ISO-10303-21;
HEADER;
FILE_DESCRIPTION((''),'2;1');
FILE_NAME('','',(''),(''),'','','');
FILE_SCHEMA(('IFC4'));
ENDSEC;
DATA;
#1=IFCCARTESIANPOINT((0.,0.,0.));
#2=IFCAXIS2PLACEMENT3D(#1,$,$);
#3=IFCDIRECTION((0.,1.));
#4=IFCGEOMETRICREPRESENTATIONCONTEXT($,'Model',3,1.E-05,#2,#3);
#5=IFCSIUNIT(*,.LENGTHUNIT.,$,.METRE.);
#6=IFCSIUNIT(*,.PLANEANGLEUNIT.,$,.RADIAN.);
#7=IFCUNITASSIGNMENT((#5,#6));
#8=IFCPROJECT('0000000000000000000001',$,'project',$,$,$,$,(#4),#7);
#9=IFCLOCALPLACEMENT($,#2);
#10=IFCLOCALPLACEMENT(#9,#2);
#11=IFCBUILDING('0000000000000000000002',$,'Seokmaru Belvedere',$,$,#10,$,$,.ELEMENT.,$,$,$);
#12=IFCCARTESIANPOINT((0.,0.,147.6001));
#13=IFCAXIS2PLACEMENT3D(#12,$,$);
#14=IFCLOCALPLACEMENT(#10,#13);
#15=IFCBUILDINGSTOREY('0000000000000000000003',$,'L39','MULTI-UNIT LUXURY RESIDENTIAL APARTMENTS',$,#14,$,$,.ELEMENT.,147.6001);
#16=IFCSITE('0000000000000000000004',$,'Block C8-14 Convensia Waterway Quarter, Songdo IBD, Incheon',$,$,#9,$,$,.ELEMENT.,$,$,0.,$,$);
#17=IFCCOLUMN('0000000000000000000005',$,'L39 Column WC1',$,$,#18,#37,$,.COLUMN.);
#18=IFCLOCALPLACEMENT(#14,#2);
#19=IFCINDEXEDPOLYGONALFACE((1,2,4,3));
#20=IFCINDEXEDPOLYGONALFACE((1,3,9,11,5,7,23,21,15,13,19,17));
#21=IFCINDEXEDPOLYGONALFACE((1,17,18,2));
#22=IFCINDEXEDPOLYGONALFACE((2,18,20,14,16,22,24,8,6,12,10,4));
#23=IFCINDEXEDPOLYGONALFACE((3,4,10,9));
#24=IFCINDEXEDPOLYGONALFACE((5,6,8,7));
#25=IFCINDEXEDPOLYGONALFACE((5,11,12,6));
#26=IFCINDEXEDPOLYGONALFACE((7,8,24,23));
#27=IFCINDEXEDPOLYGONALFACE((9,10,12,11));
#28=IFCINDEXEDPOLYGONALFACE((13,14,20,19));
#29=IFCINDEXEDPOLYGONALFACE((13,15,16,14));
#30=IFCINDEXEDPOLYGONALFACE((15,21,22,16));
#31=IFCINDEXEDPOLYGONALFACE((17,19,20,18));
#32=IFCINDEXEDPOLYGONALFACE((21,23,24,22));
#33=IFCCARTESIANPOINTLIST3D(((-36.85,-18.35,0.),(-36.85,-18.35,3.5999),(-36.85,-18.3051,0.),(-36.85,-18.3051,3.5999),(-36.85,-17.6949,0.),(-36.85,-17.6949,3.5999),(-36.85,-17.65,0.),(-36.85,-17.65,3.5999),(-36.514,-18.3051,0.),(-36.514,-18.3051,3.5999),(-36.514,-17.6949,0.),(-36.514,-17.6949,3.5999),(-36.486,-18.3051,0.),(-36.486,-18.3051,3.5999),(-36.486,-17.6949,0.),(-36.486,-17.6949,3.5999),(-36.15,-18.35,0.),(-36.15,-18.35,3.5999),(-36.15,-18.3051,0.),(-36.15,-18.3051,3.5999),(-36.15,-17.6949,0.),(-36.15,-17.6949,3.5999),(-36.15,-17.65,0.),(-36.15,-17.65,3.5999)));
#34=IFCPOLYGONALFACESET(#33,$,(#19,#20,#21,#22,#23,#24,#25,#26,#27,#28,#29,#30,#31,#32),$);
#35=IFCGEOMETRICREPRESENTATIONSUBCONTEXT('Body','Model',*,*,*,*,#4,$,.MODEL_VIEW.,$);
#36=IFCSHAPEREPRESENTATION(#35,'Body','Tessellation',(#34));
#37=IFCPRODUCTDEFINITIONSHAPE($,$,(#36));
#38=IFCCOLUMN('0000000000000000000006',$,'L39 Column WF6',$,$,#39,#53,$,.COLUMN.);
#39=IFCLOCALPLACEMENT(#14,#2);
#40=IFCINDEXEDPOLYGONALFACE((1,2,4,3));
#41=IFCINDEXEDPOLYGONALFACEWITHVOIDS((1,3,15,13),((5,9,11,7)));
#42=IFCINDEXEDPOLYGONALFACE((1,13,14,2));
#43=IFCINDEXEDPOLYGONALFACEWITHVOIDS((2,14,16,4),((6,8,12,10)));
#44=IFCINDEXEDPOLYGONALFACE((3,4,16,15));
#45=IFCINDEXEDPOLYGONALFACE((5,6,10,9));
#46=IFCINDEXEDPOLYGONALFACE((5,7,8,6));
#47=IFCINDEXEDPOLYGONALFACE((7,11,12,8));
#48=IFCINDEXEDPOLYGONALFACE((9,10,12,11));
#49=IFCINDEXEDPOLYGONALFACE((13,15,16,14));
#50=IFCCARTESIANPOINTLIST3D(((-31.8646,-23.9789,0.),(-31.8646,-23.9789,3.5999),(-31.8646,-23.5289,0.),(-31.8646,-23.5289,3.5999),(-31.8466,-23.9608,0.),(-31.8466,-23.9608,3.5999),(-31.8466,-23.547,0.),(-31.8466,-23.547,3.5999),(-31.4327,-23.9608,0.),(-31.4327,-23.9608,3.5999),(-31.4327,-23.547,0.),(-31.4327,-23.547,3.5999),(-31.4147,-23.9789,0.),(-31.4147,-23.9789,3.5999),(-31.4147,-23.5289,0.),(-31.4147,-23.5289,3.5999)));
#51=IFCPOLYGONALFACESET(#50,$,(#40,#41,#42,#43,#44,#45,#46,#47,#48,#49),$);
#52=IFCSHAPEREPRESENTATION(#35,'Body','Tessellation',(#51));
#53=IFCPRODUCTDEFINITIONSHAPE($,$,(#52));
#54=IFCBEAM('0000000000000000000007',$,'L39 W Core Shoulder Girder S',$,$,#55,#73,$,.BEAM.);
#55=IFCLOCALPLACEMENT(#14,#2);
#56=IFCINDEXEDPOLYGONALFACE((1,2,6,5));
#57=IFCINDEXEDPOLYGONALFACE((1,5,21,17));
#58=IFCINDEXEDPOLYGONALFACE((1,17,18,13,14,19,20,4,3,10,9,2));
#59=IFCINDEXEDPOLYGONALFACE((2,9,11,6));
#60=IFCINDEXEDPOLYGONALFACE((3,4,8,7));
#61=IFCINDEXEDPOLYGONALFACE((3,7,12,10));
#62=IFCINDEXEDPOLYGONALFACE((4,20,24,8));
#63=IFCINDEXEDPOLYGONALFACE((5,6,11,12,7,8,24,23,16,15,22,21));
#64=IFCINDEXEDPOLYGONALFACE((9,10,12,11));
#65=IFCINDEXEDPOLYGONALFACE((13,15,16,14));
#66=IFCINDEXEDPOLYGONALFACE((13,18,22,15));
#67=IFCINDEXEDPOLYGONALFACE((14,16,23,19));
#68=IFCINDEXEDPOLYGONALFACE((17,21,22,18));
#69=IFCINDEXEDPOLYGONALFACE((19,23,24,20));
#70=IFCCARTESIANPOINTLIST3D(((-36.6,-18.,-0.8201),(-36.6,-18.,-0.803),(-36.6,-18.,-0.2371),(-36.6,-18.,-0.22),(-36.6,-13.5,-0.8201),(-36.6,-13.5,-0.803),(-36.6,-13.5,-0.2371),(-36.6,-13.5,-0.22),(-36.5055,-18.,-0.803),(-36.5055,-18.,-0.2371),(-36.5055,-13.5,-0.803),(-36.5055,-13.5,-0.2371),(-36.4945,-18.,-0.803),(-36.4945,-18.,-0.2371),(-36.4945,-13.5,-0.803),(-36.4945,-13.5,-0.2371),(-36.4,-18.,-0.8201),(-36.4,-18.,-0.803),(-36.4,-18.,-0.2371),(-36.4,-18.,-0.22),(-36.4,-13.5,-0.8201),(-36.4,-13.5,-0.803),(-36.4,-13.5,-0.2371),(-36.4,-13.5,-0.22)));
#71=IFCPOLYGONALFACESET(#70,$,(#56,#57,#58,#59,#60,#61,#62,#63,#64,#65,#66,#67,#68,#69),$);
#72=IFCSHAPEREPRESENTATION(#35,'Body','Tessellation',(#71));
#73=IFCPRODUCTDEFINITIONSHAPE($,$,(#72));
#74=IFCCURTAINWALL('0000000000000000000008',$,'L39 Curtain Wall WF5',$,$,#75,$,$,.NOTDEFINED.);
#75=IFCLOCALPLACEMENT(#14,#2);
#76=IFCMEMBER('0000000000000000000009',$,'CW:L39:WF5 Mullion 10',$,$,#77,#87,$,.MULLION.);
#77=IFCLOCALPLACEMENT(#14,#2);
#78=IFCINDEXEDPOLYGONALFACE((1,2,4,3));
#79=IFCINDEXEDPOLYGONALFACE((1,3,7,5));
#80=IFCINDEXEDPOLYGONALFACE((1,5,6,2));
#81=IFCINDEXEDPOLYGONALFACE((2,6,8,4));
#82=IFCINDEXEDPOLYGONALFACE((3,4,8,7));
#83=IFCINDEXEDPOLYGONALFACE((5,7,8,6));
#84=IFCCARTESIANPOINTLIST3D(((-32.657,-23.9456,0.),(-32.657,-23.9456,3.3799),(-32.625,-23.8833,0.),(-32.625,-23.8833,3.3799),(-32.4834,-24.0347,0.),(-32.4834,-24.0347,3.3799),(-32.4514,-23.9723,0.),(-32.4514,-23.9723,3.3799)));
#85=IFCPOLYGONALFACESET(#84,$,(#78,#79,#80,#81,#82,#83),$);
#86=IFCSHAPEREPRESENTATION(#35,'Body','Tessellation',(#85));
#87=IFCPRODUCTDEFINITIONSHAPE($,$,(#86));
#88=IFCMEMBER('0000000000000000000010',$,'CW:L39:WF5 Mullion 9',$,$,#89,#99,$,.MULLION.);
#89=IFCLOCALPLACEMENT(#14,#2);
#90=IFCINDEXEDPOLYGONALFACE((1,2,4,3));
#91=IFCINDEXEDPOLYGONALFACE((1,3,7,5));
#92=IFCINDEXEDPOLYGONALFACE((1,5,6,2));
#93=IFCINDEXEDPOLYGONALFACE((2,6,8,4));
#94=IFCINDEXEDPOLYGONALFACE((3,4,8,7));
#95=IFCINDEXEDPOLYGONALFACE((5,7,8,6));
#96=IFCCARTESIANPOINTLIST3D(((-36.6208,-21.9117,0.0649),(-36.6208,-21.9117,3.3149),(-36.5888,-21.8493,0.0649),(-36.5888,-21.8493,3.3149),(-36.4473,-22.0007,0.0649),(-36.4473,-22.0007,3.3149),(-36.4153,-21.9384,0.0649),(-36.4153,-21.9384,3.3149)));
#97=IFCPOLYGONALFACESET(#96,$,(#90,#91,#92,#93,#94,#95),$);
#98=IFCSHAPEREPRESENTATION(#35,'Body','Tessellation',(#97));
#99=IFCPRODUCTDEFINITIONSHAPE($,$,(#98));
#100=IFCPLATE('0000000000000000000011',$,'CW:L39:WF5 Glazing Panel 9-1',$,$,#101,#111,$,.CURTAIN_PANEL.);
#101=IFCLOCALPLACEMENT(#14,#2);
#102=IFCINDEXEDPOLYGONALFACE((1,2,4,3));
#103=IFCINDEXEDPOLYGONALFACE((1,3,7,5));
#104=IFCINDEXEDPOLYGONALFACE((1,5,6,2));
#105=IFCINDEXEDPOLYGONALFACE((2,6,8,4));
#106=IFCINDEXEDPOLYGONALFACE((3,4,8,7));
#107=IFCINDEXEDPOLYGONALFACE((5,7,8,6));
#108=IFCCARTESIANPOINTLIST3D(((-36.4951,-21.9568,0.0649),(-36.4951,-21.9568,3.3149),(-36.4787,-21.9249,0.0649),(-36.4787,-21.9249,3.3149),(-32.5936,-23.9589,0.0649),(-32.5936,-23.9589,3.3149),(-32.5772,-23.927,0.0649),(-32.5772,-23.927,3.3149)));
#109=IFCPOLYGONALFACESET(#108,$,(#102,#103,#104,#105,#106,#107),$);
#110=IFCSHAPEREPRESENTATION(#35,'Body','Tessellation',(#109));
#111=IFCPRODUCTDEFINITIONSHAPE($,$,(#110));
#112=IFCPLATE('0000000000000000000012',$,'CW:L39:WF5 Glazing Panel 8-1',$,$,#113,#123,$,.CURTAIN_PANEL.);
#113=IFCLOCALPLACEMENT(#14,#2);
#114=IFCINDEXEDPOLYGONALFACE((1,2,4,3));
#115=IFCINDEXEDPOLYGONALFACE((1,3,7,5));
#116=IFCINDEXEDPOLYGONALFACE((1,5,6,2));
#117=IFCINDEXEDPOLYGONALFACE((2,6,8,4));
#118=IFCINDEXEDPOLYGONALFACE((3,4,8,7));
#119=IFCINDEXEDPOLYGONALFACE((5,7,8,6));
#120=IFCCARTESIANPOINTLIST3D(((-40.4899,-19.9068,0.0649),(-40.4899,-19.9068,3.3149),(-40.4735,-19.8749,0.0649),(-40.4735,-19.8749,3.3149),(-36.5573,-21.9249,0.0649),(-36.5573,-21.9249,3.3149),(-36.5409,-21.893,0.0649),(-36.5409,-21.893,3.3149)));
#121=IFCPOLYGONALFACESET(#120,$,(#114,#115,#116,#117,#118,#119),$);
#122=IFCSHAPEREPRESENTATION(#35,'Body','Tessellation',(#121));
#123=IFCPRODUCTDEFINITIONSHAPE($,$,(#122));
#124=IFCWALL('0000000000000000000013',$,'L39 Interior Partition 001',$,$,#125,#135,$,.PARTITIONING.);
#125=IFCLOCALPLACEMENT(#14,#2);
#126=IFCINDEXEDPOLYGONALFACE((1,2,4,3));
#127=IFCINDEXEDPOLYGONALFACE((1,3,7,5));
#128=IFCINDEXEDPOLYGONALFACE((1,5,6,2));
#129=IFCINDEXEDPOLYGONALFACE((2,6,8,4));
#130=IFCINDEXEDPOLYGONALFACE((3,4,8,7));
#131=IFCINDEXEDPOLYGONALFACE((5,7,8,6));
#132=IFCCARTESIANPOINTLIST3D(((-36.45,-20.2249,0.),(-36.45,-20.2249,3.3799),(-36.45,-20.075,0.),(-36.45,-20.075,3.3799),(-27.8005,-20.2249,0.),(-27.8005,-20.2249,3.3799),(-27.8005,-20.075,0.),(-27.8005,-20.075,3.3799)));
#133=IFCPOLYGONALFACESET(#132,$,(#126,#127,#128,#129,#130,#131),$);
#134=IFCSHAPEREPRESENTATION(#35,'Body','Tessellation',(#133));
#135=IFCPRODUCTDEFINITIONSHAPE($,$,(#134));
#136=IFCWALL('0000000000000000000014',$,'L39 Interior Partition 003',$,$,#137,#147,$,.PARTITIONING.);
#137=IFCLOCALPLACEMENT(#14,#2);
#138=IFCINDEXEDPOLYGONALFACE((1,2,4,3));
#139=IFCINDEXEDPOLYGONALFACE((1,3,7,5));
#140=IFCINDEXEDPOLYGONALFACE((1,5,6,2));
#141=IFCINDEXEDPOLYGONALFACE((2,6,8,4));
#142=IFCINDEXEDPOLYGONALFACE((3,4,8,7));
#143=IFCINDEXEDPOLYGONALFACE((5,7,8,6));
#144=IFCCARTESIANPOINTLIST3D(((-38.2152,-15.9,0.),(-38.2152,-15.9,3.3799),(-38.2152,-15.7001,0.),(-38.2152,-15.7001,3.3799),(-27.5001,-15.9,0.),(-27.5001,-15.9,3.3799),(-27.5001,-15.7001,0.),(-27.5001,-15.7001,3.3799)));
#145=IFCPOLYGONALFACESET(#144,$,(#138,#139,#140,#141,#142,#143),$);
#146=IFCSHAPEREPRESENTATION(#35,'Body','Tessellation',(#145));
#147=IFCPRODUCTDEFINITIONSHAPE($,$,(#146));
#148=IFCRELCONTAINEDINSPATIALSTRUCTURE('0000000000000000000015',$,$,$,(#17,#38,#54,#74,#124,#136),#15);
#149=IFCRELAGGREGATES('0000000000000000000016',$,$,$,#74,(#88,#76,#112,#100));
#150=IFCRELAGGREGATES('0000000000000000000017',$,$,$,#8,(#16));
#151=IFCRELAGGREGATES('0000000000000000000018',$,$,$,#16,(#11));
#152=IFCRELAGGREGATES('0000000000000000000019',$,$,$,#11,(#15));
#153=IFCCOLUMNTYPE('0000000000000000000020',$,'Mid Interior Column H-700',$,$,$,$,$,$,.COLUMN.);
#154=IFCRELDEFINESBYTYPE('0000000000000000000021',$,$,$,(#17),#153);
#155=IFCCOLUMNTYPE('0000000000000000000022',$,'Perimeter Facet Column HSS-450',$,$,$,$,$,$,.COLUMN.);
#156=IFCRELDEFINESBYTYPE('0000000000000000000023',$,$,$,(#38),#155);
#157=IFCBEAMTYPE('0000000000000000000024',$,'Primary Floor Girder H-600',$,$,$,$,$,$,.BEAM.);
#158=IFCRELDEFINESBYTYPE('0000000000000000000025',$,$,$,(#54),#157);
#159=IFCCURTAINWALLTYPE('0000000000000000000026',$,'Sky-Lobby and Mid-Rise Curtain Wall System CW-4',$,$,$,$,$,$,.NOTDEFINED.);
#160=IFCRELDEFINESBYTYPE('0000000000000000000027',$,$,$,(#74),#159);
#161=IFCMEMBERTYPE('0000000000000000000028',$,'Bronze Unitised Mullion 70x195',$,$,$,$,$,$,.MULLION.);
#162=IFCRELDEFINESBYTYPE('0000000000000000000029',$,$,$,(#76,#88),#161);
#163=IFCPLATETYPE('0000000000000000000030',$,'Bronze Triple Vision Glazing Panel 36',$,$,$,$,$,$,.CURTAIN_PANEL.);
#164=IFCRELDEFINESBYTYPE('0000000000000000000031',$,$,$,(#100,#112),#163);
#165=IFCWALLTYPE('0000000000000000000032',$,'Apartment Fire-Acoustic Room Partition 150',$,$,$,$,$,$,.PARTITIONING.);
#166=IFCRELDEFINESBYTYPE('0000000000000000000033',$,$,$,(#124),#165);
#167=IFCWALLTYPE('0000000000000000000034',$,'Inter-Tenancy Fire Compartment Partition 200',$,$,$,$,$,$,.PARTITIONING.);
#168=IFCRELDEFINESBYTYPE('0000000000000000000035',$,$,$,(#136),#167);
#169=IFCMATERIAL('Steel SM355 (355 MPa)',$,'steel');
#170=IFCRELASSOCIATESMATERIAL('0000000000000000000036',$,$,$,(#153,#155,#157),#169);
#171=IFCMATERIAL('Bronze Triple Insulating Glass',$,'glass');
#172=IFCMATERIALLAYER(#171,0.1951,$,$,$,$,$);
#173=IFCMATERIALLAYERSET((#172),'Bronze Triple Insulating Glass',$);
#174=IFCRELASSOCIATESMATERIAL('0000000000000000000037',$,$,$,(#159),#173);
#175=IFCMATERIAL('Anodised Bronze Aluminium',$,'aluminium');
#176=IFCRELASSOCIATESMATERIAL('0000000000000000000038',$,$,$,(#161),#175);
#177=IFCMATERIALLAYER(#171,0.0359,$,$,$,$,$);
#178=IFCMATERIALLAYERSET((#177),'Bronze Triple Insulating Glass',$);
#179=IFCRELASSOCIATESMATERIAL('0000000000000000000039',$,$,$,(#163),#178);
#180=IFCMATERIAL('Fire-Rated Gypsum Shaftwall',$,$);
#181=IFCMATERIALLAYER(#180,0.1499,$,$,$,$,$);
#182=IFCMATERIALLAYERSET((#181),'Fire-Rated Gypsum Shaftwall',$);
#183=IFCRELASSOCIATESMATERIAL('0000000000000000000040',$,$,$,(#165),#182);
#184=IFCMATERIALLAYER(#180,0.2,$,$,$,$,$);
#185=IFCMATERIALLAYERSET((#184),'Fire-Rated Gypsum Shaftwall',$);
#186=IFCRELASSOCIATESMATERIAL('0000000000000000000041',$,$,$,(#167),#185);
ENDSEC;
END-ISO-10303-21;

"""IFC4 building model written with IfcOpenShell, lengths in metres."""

from ifc_helpers import new_model, si_unit, direction, frame, frame_2d, origin, origin_2d, place, context, subcontext, project, spatial, rectangle, hollow_rectangle, i_section, extrude, source, transform, mapped, material, layer, layer_set, material_profile, profile_set, type_object, type_shapes, element, aggregate, save


model = new_model("IFC4")

# Units and contexts
model_context = context("Model", 3, precision=1e-05, world=origin(), true_north=direction((0.0, 1.0)))
body_context = subcontext(model_context, "Body", "Model", "MODEL_VIEW")
ifc_project = project(units=[si_unit("LENGTHUNIT", "METRE"), si_unit("PLANEANGLEUNIT", "RADIAN")], contexts=[model_context])

# Site, building, storey
site_placement = place(None, origin())
site = spatial("IfcSite", under=ifc_project, at=site_placement, Name="Block C8-14 Convensia Waterway Quarter, Songdo IBD, Incheon", CompositionType="ELEMENT", RefElevation=0.0)
building_placement = place(site_placement, origin())
building = spatial("IfcBuilding", under=site, at=building_placement, Name="Seokmaru Belvedere", CompositionType="ELEMENT")
storey_placement = place(building_placement, frame((0.0, 0.0, 147.6001)))
storey = spatial("IfcBuildingStorey", under=building, at=storey_placement, Name="L39", Description="MULTI-UNIT LUXURY RESIDENTIAL APARTMENTS", CompositionType="ELEMENT", Elevation=147.6001)

# Columns
ifc_material_1 = material(Name="Steel SM355 (355 MPa)", Category="steel")
ifc_material_profile_1 = material_profile(ifc_material_1, i_section(OverallWidth=0.7, OverallDepth=0.7, WebThickness=0.0281, FlangeThickness=0.0449, at=origin_2d()), Name="H-700x700x28x45")
ifc_profile_set_1 = profile_set([ifc_material_profile_1], Name="Steel SM355 (355 MPa)")
column_type_1 = type_object("IfcColumnType", Name="Mid Interior Column H-700", PredefinedType="COLUMN", material=ifc_profile_set_1)
shared_shape_1 = source(origin(), body_context, "Body", "SweptSolid", [
    extrude(i_section(OverallWidth=0.7, OverallDepth=0.7, WebThickness=0.0281, FlangeThickness=0.0449, at=origin_2d()), origin(), (0.0, 0.0, 1.0), 3.5999),
])
type_shapes(column_type_1, [shared_shape_1])
column_1_placement = place(storey_placement, frame((-36.5, -18.0, 0.0), z_axis=(0.0, 0.0, 1.0), x_axis=(1.0, 0.0, 0.0)))
element("IfcColumn", 1, at=column_1_placement, inside=storey, type_object=column_type_1, Name="L39 Column WC1", PredefinedType="COLUMN", context=body_context, shape_type="MappedRepresentation", body=[
    mapped(shared_shape_1, transform((0.0, 0.0, 0.0), scale=1.0)),
])
ifc_material_profile_2 = material_profile(ifc_material_1, hollow_rectangle(XDim=0.45, YDim=0.45, WallThickness=0.0181, at=origin_2d()), Name="HSS-450x450x18")
ifc_profile_set_2 = profile_set([ifc_material_profile_2], Name="Steel SM355 (355 MPa)")
column_type_2 = type_object("IfcColumnType", Name="Perimeter Facet Column HSS-450", PredefinedType="COLUMN", material=ifc_profile_set_2)
shared_shape_2 = source(origin(), body_context, "Body", "SweptSolid", [
    extrude(hollow_rectangle(XDim=0.45, YDim=0.45, WallThickness=0.0181, at=origin_2d()), origin(), (0.0, 0.0, 1.0), 3.5999),
])
type_shapes(column_type_2, [shared_shape_2])
column_2_placement = place(storey_placement, frame((-31.6396, -23.7539, 0.0), z_axis=(0.0, 0.0, 1.0), x_axis=(1.0, 0.0, 0.0)))
element("IfcColumn", 2, at=column_2_placement, inside=storey, type_object=column_type_2, Name="L39 Column WF6", PredefinedType="COLUMN", context=body_context, shape_type="MappedRepresentation", body=[
    mapped(shared_shape_2, transform((0.0, 0.0, 0.0), scale=1.0)),
])

# Beam
ifc_material_profile_3 = material_profile(ifc_material_1, i_section(OverallWidth=0.2, OverallDepth=0.6001, WebThickness=0.011, FlangeThickness=0.0171, at=origin_2d()), Name="H-600x200x11x17")
ifc_profile_set_3 = profile_set([ifc_material_profile_3], Name="Steel SM355 (355 MPa)")
beam_type = type_object("IfcBeamType", Name="Primary Floor Girder H-600", PredefinedType="BEAM", material=ifc_profile_set_3)
shared_shape_3 = source(origin(), body_context, "Body", "SweptSolid", [
    extrude(i_section(OverallWidth=0.2, OverallDepth=0.6001, WebThickness=0.011, FlangeThickness=0.0171, at=origin_2d()), origin(), (0.0, 0.0, 1.0), 4.5),
])
type_shapes(beam_type, [shared_shape_3])
beam_placement = place(storey_placement, frame((-36.5, -18.0, -0.52), z_axis=(0.0, 1.0, 0.0), x_axis=(-1.0, 0.0, 0.0)))
element("IfcBeam", 3, at=beam_placement, inside=storey, type_object=beam_type, Name="L39 W Core Shoulder Girder S", PredefinedType="BEAM", context=body_context, shape_type="MappedRepresentation", body=[
    mapped(shared_shape_3, transform((0.0, 0.0, 0.0), scale=1.0)),
])

# Curtain wall, members, plates
ifc_material_2 = material(Name="Bronze Triple Insulating Glass", Category="glass")
ifc_layer_1 = layer(ifc_material_2, 0.1951)
ifc_layer_set_1 = layer_set([ifc_layer_1], Name="Bronze Triple Insulating Glass")
curtain_wall_type = type_object("IfcCurtainWallType", Name="Sky-Lobby and Mid-Rise Curtain Wall System CW-4", PredefinedType="NOTDEFINED", material=ifc_layer_set_1)
curtain_wall_placement = place(storey_placement, origin())
curtain_wall = element("IfcCurtainWall", 4, at=curtain_wall_placement, inside=storey, type_object=curtain_wall_type, Name="L39 Curtain Wall WF5", PredefinedType="NOTDEFINED")
ifc_material_3 = material(Name="Anodised Bronze Aluminium", Category="aluminium")
ifc_material_profile_4 = material_profile(ifc_material_3, rectangle(XDim=0.0701, YDim=0.1951, at=origin_2d()), Name="CW-M-70x195")
ifc_profile_set_4 = profile_set([ifc_material_profile_4], Name="Anodised Bronze Aluminium")
member_type = type_object("IfcMemberType", Name="Bronze Unitised Mullion 70x195", PredefinedType="MULLION", material=ifc_profile_set_4)
shared_shape_4 = source(origin(), body_context, "Body", "SweptSolid", [
    extrude(rectangle(XDim=0.0701, YDim=0.1951, at=origin_2d()), origin(), (0.0, 0.0, 1.0), 3.3799),
])
member_1_placement = place(storey_placement, frame((-32.5542, -23.959, 0.0), z_axis=(0.0, 0.0, 1.0), x_axis=(0.456555, 0.889695, 0.0)))
member_1 = element("IfcMember", 5, at=member_1_placement, type_object=member_type, Name="CW:L39:WF5 Mullion 10", PredefinedType="MULLION", context=body_context, shape_type="MappedRepresentation", body=[
    mapped(shared_shape_4, transform((0.0, 0.0, 0.0), scale=1.0)),
])
shared_shape_5 = source(origin(), body_context, "Body", "SweptSolid", [
    extrude(rectangle(XDim=0.0701, YDim=0.1951, at=origin_2d()), origin(), (0.0, 0.0, 1.0), 3.25),
])
type_shapes(member_type, [shared_shape_4, shared_shape_5])
member_2_placement = place(storey_placement, frame((-36.5181, -21.925, 0.0649), z_axis=(0.0, 0.0, 1.0), x_axis=(0.456555, 0.889695, 0.0)))
member_2 = element("IfcMember", 6, at=member_2_placement, type_object=member_type, Name="CW:L39:WF5 Mullion 9", PredefinedType="MULLION", context=body_context, shape_type="MappedRepresentation", body=[
    mapped(shared_shape_5, transform((0.0, 0.0, 0.0), scale=1.0)),
])
ifc_layer_2 = layer(ifc_material_2, 0.0359)
ifc_layer_set_2 = layer_set([ifc_layer_2], Name="Bronze Triple Insulating Glass")
plate_type = type_object("IfcPlateType", Name="Bronze Triple Vision Glazing Panel 36", PredefinedType="CURTAIN_PANEL", material=ifc_layer_set_2)
shared_shape_6 = source(origin(), body_context, "Body", "SweptSolid", [
    extrude(rectangle(XDim=4.3853, YDim=0.0359, at=origin_2d()), origin(), (0.0, 0.0, 1.0), 3.25),
])
plate_1_placement = place(storey_placement, frame((-34.5361, -22.9419, 0.0649), z_axis=(0.0, 0.0, 1.0), x_axis=(0.889695, -0.456555, 0.0)))
plate_1 = element("IfcPlate", 7, at=plate_1_placement, type_object=plate_type, Name="CW:L39:WF5 Glazing Panel 9-1", PredefinedType="CURTAIN_PANEL", context=body_context, shape_type="MappedRepresentation", body=[
    mapped(shared_shape_6, transform((0.0, 0.0, 0.0), scale=1.0)),
])
shared_shape_7 = source(origin(), body_context, "Body", "SweptSolid", [
    extrude(rectangle(XDim=4.4202, YDim=0.0359, at=origin_2d()), origin(), (0.0, 0.0, 1.0), 3.25),
])
type_shapes(plate_type, [shared_shape_6, shared_shape_7])
plate_2_placement = place(storey_placement, frame((-38.5154, -20.8999, 0.0649), z_axis=(0.0, 0.0, 1.0), x_axis=(0.889695, -0.456555, 0.0)))
plate_2 = element("IfcPlate", 8, at=plate_2_placement, type_object=plate_type, Name="CW:L39:WF5 Glazing Panel 8-1", PredefinedType="CURTAIN_PANEL", context=body_context, shape_type="MappedRepresentation", body=[
    mapped(shared_shape_7, transform((0.0, 0.0, 0.0), scale=1.0)),
])
aggregate(curtain_wall, [member_2, member_1, plate_2, plate_1])

# Walls
ifc_material_4 = material(Name="Fire-Rated Gypsum Shaftwall")
ifc_layer_3 = layer(ifc_material_4, 0.1499)
ifc_layer_set_3 = layer_set([ifc_layer_3], Name="Fire-Rated Gypsum Shaftwall")
wall_type_1 = type_object("IfcWallType", Name="Apartment Fire-Acoustic Room Partition 150", PredefinedType="PARTITIONING", material=ifc_layer_set_3)
wall_1_placement = place(storey_placement, frame((-36.45, -20.1499, 0.0), z_axis=(0.0, 0.0, 1.0), x_axis=(1.0, 0.0, 0.0)))
element("IfcWall", 9, at=wall_1_placement, inside=storey, type_object=wall_type_1, Name="L39 Interior Partition 001", PredefinedType="PARTITIONING", context=body_context, shape_type="SweptSolid", body=[
    extrude(rectangle(XDim=8.6494, YDim=0.1499, at=frame_2d((4.3247, 0.0))), origin(), (0.0, 0.0, 1.0), 3.3799),
])
ifc_layer_4 = layer(ifc_material_4, 0.2)
ifc_layer_set_4 = layer_set([ifc_layer_4], Name="Fire-Rated Gypsum Shaftwall")
wall_type_2 = type_object("IfcWallType", Name="Inter-Tenancy Fire Compartment Partition 200", PredefinedType="PARTITIONING", material=ifc_layer_set_4)
wall_2_placement = place(storey_placement, frame((-38.2151, -15.8, 0.0), z_axis=(0.0, 0.0, 1.0), x_axis=(1.0, 0.0, 0.0)))
element("IfcWall", 10, at=wall_2_placement, inside=storey, type_object=wall_type_2, Name="L39 Interior Partition 003", PredefinedType="PARTITIONING", context=body_context, shape_type="SweptSolid", body=[
    extrude(rectangle(XDim=10.7151, YDim=0.2, at=frame_2d((5.3574, 0.0))), origin(), (0.0, 0.0, 1.0), 3.3799),
])

save(model, "model.ifc")
